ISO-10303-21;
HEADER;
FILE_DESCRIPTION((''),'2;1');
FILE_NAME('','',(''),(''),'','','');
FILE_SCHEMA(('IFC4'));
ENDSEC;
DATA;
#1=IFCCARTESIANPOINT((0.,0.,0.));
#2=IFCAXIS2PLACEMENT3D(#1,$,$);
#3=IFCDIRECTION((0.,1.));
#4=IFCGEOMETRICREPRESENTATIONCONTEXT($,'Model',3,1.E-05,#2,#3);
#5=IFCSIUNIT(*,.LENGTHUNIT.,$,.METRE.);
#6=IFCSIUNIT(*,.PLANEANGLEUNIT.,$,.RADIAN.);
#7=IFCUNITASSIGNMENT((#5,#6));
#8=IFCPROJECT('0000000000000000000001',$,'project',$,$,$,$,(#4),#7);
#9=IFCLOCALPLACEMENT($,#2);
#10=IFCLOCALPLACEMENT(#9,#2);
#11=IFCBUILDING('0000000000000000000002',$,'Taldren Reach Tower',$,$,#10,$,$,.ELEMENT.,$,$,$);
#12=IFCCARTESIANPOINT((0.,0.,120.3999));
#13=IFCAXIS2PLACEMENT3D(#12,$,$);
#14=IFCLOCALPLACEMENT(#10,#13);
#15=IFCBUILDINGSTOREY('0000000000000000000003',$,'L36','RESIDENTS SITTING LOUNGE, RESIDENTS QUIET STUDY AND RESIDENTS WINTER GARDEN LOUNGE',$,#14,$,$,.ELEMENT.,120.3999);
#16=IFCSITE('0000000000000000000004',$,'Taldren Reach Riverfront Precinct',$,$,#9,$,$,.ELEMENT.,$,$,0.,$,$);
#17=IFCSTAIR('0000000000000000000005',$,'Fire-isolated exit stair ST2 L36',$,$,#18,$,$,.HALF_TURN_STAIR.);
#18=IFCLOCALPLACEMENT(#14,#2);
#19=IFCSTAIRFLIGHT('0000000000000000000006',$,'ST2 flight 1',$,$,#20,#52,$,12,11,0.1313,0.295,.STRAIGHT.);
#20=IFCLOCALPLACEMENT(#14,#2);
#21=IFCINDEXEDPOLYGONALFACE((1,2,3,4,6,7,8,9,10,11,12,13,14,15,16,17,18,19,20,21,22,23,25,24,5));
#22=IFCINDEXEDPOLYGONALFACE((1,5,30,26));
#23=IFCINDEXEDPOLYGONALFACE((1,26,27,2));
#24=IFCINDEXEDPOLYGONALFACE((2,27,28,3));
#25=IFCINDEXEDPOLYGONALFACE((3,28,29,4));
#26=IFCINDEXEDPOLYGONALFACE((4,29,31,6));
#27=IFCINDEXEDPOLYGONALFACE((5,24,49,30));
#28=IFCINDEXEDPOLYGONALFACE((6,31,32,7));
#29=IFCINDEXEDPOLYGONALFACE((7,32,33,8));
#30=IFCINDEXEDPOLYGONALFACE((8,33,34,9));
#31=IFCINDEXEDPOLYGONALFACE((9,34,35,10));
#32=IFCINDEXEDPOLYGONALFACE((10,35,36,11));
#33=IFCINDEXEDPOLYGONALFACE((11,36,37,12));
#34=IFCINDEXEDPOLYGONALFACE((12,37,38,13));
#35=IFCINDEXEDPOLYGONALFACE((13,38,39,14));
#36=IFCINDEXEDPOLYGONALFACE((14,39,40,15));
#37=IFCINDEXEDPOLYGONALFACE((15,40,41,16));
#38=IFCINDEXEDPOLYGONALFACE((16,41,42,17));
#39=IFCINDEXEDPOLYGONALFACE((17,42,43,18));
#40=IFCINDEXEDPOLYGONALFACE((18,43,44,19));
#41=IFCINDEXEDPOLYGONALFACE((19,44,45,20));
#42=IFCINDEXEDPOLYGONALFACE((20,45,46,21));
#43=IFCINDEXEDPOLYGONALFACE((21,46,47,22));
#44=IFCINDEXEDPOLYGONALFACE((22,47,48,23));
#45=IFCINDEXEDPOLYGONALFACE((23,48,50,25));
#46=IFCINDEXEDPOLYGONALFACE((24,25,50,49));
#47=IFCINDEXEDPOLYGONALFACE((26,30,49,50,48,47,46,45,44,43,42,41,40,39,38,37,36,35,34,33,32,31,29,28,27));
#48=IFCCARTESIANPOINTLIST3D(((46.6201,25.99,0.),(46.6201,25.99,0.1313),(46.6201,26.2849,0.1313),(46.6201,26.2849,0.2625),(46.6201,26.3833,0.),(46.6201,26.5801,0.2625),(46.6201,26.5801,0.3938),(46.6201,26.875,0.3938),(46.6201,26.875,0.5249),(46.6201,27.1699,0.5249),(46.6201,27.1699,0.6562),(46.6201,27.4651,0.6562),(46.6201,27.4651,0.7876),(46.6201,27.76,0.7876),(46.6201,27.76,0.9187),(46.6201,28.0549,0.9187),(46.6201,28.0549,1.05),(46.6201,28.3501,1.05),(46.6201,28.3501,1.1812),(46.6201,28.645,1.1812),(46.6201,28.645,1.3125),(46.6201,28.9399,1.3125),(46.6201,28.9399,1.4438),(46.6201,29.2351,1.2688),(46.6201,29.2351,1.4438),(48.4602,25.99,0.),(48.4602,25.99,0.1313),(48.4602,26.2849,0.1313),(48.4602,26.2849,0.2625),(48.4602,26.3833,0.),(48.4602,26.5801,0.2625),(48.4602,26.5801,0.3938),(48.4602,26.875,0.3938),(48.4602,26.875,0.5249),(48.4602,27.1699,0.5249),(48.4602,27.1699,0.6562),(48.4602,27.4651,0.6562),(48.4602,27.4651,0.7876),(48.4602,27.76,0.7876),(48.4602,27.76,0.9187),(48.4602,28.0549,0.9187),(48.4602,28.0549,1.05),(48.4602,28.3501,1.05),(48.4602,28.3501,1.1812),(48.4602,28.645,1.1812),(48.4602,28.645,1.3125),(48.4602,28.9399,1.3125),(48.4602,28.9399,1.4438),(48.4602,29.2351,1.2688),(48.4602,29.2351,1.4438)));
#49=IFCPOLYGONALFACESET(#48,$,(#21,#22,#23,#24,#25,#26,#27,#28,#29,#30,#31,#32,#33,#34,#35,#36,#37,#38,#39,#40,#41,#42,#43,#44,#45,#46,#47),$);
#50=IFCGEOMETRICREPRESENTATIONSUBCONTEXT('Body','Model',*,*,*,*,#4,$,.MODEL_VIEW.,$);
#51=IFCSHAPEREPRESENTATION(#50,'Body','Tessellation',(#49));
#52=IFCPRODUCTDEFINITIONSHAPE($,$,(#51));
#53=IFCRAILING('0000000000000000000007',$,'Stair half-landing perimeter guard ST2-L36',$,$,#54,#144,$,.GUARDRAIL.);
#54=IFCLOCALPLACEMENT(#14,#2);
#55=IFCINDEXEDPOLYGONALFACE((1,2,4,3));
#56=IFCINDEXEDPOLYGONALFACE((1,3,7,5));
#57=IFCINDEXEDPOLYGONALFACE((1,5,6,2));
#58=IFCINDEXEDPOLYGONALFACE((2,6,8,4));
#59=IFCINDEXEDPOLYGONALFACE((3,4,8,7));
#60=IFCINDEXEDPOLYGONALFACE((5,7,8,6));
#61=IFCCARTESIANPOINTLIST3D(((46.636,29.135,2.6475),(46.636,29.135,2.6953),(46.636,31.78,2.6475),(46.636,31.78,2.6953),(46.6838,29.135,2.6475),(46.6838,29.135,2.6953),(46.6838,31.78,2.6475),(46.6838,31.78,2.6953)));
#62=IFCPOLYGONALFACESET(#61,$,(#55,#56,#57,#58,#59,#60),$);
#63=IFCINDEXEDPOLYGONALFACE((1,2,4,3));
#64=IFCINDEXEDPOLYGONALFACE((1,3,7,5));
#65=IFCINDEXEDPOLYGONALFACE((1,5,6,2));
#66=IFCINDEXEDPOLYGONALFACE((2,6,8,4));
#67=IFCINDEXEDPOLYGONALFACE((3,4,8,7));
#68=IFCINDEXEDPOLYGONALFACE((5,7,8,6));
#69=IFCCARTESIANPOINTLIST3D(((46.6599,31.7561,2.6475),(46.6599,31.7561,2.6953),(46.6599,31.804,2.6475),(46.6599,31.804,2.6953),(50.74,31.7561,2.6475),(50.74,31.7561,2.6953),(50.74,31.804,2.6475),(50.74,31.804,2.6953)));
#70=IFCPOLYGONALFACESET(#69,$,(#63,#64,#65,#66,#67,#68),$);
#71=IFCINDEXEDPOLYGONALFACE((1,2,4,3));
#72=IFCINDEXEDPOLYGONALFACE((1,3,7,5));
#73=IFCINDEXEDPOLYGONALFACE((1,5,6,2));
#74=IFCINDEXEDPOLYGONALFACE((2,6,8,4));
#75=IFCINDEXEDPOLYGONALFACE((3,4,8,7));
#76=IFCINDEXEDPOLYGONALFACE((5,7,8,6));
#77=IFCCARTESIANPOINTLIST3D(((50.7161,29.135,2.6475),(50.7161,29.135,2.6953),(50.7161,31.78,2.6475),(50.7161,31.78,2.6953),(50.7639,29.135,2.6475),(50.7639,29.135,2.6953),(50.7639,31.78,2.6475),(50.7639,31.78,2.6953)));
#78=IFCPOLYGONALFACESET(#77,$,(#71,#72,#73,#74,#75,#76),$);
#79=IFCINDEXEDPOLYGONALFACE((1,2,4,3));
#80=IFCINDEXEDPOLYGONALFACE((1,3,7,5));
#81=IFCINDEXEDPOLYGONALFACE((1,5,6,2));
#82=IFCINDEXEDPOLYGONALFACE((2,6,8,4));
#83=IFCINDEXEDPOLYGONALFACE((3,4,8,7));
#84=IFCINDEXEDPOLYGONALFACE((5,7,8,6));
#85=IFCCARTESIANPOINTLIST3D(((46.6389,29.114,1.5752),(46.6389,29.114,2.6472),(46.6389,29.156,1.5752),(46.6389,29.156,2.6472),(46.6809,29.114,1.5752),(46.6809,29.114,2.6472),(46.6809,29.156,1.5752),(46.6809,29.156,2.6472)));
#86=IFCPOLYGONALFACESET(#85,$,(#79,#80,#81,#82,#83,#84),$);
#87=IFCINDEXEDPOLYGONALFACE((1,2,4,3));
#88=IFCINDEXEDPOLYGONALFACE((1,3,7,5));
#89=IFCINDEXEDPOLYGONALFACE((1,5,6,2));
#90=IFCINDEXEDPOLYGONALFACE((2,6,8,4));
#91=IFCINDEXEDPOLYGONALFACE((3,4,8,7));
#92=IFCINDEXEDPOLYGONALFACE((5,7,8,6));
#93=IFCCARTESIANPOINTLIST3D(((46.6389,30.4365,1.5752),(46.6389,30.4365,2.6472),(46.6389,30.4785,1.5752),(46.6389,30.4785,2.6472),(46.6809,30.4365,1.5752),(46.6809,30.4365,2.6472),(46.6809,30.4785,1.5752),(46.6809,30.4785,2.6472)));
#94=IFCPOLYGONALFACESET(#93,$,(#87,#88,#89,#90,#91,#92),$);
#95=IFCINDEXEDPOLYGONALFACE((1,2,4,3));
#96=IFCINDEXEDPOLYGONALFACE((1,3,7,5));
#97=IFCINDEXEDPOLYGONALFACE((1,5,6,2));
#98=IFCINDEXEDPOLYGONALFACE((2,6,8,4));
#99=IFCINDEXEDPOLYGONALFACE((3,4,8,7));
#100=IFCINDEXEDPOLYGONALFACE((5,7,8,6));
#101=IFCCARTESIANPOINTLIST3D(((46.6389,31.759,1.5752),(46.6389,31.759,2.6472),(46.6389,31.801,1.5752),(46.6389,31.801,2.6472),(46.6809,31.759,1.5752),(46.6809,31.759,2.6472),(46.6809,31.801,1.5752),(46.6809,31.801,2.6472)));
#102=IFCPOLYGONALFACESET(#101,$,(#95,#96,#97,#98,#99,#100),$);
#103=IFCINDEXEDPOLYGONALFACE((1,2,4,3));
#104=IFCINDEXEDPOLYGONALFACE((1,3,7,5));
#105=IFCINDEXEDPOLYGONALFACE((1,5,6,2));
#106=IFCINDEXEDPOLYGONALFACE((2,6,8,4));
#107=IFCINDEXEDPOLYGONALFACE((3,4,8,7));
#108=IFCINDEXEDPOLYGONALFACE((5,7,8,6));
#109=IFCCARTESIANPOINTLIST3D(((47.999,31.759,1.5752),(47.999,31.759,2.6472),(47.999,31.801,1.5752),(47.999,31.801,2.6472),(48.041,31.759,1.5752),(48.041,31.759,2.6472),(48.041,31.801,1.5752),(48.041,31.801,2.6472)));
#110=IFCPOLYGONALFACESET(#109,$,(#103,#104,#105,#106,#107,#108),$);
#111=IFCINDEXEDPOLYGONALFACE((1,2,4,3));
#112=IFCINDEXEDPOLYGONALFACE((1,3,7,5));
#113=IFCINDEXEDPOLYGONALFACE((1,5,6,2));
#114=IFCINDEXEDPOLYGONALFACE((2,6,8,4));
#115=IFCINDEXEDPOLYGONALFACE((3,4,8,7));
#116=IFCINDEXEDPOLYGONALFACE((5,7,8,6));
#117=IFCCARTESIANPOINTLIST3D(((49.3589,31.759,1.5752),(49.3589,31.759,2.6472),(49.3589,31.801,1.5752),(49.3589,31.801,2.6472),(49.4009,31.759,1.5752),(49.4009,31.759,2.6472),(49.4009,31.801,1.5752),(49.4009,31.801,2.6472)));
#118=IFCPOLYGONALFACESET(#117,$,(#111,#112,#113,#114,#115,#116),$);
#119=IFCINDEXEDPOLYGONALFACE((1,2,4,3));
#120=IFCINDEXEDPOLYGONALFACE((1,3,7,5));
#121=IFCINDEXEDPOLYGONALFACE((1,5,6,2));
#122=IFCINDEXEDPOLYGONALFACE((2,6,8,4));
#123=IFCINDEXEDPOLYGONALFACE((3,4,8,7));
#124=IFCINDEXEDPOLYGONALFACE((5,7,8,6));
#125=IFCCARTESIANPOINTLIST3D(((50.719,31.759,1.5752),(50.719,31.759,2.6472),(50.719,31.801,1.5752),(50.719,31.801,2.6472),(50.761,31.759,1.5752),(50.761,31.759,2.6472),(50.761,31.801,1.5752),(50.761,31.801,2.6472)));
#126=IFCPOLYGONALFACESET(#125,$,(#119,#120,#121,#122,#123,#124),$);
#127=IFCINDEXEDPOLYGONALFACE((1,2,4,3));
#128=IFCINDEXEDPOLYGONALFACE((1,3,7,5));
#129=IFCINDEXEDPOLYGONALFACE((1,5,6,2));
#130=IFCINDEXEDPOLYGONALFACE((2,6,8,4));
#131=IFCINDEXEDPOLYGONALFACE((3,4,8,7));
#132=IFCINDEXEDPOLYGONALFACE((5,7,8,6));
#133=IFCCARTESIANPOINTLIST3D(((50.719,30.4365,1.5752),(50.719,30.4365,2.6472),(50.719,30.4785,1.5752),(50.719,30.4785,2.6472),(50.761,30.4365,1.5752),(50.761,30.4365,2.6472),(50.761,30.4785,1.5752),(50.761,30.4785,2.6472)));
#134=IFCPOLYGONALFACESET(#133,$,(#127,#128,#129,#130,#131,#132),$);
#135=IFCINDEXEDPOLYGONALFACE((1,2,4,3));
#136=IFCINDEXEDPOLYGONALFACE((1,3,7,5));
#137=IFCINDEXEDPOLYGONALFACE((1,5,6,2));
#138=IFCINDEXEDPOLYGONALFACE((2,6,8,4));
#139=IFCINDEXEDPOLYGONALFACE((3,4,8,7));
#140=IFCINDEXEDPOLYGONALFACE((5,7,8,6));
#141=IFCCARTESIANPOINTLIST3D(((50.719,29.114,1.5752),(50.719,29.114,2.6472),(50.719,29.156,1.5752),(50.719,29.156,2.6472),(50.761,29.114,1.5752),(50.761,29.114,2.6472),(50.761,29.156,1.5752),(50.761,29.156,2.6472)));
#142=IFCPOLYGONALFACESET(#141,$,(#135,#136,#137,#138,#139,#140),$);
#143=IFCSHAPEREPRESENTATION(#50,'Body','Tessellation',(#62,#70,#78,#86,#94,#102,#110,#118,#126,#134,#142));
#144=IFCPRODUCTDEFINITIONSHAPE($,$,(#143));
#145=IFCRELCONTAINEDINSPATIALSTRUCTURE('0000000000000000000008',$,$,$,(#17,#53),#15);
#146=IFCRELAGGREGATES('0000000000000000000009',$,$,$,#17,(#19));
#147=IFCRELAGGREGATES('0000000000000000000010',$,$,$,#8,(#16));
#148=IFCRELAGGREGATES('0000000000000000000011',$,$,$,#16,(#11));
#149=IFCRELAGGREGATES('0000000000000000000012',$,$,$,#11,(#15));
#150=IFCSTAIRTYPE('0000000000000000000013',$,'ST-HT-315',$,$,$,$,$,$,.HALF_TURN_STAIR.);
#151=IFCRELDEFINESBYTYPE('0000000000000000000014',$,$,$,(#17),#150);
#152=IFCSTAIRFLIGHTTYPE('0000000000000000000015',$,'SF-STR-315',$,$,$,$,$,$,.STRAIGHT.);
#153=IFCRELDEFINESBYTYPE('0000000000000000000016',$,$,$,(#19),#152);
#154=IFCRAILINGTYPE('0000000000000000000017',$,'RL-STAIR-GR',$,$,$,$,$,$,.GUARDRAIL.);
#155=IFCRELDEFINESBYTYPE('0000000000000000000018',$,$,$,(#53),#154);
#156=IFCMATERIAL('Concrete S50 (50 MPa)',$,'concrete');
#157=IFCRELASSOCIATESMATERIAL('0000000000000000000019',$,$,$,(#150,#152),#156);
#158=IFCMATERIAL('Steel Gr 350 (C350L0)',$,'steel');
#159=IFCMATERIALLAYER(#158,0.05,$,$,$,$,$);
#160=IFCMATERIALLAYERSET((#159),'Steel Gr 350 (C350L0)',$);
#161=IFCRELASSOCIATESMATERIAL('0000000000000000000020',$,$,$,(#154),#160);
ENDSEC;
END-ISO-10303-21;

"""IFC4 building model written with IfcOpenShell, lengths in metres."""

from ifc_helpers import new_model, si_unit, direction, frame, origin, origin_2d, place, context, subcontext, project, spatial, polyline, rectangle, outline, extrude, material, layer, layer_set, type_object, element, aggregate, save


model = new_model("IFC4")

# Units and contexts
model_context = context("Model", 3, precision=1e-05, world=origin(), true_north=direction((0.0, 1.0)))
body_context = subcontext(model_context, "Body", "Model", "MODEL_VIEW")
ifc_project = project(units=[si_unit("LENGTHUNIT", "METRE"), si_unit("PLANEANGLEUNIT", "RADIAN")], contexts=[model_context])

# Site, building, storey
site_placement = place(None, origin())
site = spatial("IfcSite", under=ifc_project, at=site_placement, Name="Taldren Reach Riverfront Precinct", CompositionType="ELEMENT", RefElevation=0.0)
building_placement = place(site_placement, origin())
building = spatial("IfcBuilding", under=site, at=building_placement, Name="Taldren Reach Tower", CompositionType="ELEMENT")
storey_placement = place(building_placement, frame((0.0, 0.0, 120.3999)))
storey = spatial("IfcBuildingStorey", under=building, at=storey_placement, Name="L36", Description="RESIDENTS SITTING LOUNGE, RESIDENTS QUIET STUDY AND RESIDENTS WINTER GARDEN LOUNGE", CompositionType="ELEMENT", Elevation=120.3999)

# Shared definitions
ifc_material_1 = material(Name="Steel Gr 350 (C350L0)", Category="steel")

# Shared definitions
ifc_material_2 = material(Name="Concrete S50 (50 MPa)", Category="concrete")

# Stair, stair flight
stair_type = type_object("IfcStairType", Name="ST-HT-315", PredefinedType="HALF_TURN_STAIR", material=ifc_material_2)
stair_placement = place(storey_placement, origin())
stair = element("IfcStair", 1, at=stair_placement, inside=storey, type_object=stair_type, Name="Fire-isolated exit stair ST2 L36", PredefinedType="HALF_TURN_STAIR")
stair_flight_type = type_object("IfcStairFlightType", Name="SF-STR-315", PredefinedType="STRAIGHT", material=ifc_material_2)
stair_flight_placement = place(storey_placement, frame((47.54, 25.99, 0.0), z_axis=(0.0, 0.0, 1.0), x_axis=(0.0, 1.0, 0.0)))
stair_flight = element("IfcStairFlight", 2, at=stair_flight_placement, type_object=stair_flight_type, Name="ST2 flight 1", NumberOfRisers=12, NumberOfTreads=11, PredefinedType="STRAIGHT", RiserHeight=0.1313, TreadLength=0.295, context=body_context, shape_type="SweptSolid", body=[
    extrude(outline(polyline([(0.0, 0.0), (0.0, 0.1313), (0.2949, 0.1313), (0.2949, 0.2625), (0.5901, 0.2625), (0.5901, 0.3938), (0.885, 0.3938), (0.885, 0.5249), (1.1799, 0.5249), (1.1799, 0.6562), (1.4751, 0.6562), (1.4751, 0.7876), (1.77, 0.7876), (1.77, 0.9187), (2.0649, 0.9187), (2.0649, 1.05), (2.3601, 1.05), (2.3601, 1.1812), (2.655, 1.1812), (2.655, 1.3125), (2.95, 1.3125), (2.95, 1.4438), (3.2451, 1.4438), (3.2451, 1.575), (3.2451, 1.2688), (0.3933, 0.0), (0.0, 0.0)])), frame((0.0, 0.9199, 0.0), z_axis=(0.0, -1.0, 0.0), x_axis=(1.0, 0.0, 0.0)), (0.0, 0.0, 1.0), 1.8401),
])
aggregate(stair, [stair_flight])

# Railing
ifc_layer_1 = layer(ifc_material_1, 0.05)
ifc_layer_set_1 = layer_set([ifc_layer_1], Name="Steel Gr 350 (C350L0)")
railing_type_1 = type_object("IfcRailingType", Name="RL-STAIR-GR", PredefinedType="GUARDRAIL", material=ifc_layer_set_1)
railing_1_placement = place(storey_placement, frame((46.6599, 29.135, 1.5752)))
element("IfcRailing", 3, at=railing_1_placement, inside=storey, type_object=railing_type_1, Name="Stair half-landing perimeter guard ST2-L36", PredefinedType="GUARDRAIL", context=body_context, shape_type="SweptSolid", body=[
    extrude(rectangle(XDim=0.0479, YDim=0.0479, at=origin_2d()), frame((0.0, 0.0, 1.0962), z_axis=(0.0, 1.0, 0.0), x_axis=(-1.0, 0.0, 0.0)), (0.0, 0.0, 1.0), 2.645),
    extrude(rectangle(XDim=0.0479, YDim=0.0479, at=origin_2d()), frame((0.0, 2.645, 1.0962), z_axis=(1.0, 0.0, 0.0), x_axis=(0.0, 1.0, 0.0)), (0.0, 0.0, 1.0), 4.0801),
    extrude(rectangle(XDim=0.0479, YDim=0.0479, at=origin_2d()), frame((4.0801, 2.645, 1.0962), z_axis=(0.0, -1.0, 0.0), x_axis=(1.0, 0.0, 0.0)), (0.0, 0.0, 1.0), 2.645),
    extrude(rectangle(XDim=0.042, YDim=0.042, at=origin_2d()), origin(), (0.0, 0.0, 1.0), 1.072),
    extrude(rectangle(XDim=0.042, YDim=0.042, at=origin_2d()), frame((0.0, 1.3225, 0.0)), (0.0, 0.0, 1.0), 1.072),
    extrude(rectangle(XDim=0.042, YDim=0.042, at=origin_2d()), frame((0.0, 2.645, 0.0)), (0.0, 0.0, 1.0), 1.072),
    extrude(rectangle(XDim=0.042, YDim=0.042, at=origin_2d()), frame((1.3601, 2.645, 0.0)), (0.0, 0.0, 1.0), 1.072),
    extrude(rectangle(XDim=0.042, YDim=0.042, at=origin_2d()), frame((2.72, 2.645, 0.0)), (0.0, 0.0, 1.0), 1.072),
    extrude(rectangle(XDim=0.042, YDim=0.042, at=origin_2d()), frame((4.0801, 2.645, 0.0)), (0.0, 0.0, 1.0), 1.072),
    extrude(rectangle(XDim=0.042, YDim=0.042, at=origin_2d()), frame((4.0801, 1.3225, 0.0)), (0.0, 0.0, 1.0), 1.072),
    extrude(rectangle(XDim=0.042, YDim=0.042, at=origin_2d()), frame((4.0801, 0.0, 0.0)), (0.0, 0.0, 1.0), 1.072),
])

save(model, "model.ifc")
